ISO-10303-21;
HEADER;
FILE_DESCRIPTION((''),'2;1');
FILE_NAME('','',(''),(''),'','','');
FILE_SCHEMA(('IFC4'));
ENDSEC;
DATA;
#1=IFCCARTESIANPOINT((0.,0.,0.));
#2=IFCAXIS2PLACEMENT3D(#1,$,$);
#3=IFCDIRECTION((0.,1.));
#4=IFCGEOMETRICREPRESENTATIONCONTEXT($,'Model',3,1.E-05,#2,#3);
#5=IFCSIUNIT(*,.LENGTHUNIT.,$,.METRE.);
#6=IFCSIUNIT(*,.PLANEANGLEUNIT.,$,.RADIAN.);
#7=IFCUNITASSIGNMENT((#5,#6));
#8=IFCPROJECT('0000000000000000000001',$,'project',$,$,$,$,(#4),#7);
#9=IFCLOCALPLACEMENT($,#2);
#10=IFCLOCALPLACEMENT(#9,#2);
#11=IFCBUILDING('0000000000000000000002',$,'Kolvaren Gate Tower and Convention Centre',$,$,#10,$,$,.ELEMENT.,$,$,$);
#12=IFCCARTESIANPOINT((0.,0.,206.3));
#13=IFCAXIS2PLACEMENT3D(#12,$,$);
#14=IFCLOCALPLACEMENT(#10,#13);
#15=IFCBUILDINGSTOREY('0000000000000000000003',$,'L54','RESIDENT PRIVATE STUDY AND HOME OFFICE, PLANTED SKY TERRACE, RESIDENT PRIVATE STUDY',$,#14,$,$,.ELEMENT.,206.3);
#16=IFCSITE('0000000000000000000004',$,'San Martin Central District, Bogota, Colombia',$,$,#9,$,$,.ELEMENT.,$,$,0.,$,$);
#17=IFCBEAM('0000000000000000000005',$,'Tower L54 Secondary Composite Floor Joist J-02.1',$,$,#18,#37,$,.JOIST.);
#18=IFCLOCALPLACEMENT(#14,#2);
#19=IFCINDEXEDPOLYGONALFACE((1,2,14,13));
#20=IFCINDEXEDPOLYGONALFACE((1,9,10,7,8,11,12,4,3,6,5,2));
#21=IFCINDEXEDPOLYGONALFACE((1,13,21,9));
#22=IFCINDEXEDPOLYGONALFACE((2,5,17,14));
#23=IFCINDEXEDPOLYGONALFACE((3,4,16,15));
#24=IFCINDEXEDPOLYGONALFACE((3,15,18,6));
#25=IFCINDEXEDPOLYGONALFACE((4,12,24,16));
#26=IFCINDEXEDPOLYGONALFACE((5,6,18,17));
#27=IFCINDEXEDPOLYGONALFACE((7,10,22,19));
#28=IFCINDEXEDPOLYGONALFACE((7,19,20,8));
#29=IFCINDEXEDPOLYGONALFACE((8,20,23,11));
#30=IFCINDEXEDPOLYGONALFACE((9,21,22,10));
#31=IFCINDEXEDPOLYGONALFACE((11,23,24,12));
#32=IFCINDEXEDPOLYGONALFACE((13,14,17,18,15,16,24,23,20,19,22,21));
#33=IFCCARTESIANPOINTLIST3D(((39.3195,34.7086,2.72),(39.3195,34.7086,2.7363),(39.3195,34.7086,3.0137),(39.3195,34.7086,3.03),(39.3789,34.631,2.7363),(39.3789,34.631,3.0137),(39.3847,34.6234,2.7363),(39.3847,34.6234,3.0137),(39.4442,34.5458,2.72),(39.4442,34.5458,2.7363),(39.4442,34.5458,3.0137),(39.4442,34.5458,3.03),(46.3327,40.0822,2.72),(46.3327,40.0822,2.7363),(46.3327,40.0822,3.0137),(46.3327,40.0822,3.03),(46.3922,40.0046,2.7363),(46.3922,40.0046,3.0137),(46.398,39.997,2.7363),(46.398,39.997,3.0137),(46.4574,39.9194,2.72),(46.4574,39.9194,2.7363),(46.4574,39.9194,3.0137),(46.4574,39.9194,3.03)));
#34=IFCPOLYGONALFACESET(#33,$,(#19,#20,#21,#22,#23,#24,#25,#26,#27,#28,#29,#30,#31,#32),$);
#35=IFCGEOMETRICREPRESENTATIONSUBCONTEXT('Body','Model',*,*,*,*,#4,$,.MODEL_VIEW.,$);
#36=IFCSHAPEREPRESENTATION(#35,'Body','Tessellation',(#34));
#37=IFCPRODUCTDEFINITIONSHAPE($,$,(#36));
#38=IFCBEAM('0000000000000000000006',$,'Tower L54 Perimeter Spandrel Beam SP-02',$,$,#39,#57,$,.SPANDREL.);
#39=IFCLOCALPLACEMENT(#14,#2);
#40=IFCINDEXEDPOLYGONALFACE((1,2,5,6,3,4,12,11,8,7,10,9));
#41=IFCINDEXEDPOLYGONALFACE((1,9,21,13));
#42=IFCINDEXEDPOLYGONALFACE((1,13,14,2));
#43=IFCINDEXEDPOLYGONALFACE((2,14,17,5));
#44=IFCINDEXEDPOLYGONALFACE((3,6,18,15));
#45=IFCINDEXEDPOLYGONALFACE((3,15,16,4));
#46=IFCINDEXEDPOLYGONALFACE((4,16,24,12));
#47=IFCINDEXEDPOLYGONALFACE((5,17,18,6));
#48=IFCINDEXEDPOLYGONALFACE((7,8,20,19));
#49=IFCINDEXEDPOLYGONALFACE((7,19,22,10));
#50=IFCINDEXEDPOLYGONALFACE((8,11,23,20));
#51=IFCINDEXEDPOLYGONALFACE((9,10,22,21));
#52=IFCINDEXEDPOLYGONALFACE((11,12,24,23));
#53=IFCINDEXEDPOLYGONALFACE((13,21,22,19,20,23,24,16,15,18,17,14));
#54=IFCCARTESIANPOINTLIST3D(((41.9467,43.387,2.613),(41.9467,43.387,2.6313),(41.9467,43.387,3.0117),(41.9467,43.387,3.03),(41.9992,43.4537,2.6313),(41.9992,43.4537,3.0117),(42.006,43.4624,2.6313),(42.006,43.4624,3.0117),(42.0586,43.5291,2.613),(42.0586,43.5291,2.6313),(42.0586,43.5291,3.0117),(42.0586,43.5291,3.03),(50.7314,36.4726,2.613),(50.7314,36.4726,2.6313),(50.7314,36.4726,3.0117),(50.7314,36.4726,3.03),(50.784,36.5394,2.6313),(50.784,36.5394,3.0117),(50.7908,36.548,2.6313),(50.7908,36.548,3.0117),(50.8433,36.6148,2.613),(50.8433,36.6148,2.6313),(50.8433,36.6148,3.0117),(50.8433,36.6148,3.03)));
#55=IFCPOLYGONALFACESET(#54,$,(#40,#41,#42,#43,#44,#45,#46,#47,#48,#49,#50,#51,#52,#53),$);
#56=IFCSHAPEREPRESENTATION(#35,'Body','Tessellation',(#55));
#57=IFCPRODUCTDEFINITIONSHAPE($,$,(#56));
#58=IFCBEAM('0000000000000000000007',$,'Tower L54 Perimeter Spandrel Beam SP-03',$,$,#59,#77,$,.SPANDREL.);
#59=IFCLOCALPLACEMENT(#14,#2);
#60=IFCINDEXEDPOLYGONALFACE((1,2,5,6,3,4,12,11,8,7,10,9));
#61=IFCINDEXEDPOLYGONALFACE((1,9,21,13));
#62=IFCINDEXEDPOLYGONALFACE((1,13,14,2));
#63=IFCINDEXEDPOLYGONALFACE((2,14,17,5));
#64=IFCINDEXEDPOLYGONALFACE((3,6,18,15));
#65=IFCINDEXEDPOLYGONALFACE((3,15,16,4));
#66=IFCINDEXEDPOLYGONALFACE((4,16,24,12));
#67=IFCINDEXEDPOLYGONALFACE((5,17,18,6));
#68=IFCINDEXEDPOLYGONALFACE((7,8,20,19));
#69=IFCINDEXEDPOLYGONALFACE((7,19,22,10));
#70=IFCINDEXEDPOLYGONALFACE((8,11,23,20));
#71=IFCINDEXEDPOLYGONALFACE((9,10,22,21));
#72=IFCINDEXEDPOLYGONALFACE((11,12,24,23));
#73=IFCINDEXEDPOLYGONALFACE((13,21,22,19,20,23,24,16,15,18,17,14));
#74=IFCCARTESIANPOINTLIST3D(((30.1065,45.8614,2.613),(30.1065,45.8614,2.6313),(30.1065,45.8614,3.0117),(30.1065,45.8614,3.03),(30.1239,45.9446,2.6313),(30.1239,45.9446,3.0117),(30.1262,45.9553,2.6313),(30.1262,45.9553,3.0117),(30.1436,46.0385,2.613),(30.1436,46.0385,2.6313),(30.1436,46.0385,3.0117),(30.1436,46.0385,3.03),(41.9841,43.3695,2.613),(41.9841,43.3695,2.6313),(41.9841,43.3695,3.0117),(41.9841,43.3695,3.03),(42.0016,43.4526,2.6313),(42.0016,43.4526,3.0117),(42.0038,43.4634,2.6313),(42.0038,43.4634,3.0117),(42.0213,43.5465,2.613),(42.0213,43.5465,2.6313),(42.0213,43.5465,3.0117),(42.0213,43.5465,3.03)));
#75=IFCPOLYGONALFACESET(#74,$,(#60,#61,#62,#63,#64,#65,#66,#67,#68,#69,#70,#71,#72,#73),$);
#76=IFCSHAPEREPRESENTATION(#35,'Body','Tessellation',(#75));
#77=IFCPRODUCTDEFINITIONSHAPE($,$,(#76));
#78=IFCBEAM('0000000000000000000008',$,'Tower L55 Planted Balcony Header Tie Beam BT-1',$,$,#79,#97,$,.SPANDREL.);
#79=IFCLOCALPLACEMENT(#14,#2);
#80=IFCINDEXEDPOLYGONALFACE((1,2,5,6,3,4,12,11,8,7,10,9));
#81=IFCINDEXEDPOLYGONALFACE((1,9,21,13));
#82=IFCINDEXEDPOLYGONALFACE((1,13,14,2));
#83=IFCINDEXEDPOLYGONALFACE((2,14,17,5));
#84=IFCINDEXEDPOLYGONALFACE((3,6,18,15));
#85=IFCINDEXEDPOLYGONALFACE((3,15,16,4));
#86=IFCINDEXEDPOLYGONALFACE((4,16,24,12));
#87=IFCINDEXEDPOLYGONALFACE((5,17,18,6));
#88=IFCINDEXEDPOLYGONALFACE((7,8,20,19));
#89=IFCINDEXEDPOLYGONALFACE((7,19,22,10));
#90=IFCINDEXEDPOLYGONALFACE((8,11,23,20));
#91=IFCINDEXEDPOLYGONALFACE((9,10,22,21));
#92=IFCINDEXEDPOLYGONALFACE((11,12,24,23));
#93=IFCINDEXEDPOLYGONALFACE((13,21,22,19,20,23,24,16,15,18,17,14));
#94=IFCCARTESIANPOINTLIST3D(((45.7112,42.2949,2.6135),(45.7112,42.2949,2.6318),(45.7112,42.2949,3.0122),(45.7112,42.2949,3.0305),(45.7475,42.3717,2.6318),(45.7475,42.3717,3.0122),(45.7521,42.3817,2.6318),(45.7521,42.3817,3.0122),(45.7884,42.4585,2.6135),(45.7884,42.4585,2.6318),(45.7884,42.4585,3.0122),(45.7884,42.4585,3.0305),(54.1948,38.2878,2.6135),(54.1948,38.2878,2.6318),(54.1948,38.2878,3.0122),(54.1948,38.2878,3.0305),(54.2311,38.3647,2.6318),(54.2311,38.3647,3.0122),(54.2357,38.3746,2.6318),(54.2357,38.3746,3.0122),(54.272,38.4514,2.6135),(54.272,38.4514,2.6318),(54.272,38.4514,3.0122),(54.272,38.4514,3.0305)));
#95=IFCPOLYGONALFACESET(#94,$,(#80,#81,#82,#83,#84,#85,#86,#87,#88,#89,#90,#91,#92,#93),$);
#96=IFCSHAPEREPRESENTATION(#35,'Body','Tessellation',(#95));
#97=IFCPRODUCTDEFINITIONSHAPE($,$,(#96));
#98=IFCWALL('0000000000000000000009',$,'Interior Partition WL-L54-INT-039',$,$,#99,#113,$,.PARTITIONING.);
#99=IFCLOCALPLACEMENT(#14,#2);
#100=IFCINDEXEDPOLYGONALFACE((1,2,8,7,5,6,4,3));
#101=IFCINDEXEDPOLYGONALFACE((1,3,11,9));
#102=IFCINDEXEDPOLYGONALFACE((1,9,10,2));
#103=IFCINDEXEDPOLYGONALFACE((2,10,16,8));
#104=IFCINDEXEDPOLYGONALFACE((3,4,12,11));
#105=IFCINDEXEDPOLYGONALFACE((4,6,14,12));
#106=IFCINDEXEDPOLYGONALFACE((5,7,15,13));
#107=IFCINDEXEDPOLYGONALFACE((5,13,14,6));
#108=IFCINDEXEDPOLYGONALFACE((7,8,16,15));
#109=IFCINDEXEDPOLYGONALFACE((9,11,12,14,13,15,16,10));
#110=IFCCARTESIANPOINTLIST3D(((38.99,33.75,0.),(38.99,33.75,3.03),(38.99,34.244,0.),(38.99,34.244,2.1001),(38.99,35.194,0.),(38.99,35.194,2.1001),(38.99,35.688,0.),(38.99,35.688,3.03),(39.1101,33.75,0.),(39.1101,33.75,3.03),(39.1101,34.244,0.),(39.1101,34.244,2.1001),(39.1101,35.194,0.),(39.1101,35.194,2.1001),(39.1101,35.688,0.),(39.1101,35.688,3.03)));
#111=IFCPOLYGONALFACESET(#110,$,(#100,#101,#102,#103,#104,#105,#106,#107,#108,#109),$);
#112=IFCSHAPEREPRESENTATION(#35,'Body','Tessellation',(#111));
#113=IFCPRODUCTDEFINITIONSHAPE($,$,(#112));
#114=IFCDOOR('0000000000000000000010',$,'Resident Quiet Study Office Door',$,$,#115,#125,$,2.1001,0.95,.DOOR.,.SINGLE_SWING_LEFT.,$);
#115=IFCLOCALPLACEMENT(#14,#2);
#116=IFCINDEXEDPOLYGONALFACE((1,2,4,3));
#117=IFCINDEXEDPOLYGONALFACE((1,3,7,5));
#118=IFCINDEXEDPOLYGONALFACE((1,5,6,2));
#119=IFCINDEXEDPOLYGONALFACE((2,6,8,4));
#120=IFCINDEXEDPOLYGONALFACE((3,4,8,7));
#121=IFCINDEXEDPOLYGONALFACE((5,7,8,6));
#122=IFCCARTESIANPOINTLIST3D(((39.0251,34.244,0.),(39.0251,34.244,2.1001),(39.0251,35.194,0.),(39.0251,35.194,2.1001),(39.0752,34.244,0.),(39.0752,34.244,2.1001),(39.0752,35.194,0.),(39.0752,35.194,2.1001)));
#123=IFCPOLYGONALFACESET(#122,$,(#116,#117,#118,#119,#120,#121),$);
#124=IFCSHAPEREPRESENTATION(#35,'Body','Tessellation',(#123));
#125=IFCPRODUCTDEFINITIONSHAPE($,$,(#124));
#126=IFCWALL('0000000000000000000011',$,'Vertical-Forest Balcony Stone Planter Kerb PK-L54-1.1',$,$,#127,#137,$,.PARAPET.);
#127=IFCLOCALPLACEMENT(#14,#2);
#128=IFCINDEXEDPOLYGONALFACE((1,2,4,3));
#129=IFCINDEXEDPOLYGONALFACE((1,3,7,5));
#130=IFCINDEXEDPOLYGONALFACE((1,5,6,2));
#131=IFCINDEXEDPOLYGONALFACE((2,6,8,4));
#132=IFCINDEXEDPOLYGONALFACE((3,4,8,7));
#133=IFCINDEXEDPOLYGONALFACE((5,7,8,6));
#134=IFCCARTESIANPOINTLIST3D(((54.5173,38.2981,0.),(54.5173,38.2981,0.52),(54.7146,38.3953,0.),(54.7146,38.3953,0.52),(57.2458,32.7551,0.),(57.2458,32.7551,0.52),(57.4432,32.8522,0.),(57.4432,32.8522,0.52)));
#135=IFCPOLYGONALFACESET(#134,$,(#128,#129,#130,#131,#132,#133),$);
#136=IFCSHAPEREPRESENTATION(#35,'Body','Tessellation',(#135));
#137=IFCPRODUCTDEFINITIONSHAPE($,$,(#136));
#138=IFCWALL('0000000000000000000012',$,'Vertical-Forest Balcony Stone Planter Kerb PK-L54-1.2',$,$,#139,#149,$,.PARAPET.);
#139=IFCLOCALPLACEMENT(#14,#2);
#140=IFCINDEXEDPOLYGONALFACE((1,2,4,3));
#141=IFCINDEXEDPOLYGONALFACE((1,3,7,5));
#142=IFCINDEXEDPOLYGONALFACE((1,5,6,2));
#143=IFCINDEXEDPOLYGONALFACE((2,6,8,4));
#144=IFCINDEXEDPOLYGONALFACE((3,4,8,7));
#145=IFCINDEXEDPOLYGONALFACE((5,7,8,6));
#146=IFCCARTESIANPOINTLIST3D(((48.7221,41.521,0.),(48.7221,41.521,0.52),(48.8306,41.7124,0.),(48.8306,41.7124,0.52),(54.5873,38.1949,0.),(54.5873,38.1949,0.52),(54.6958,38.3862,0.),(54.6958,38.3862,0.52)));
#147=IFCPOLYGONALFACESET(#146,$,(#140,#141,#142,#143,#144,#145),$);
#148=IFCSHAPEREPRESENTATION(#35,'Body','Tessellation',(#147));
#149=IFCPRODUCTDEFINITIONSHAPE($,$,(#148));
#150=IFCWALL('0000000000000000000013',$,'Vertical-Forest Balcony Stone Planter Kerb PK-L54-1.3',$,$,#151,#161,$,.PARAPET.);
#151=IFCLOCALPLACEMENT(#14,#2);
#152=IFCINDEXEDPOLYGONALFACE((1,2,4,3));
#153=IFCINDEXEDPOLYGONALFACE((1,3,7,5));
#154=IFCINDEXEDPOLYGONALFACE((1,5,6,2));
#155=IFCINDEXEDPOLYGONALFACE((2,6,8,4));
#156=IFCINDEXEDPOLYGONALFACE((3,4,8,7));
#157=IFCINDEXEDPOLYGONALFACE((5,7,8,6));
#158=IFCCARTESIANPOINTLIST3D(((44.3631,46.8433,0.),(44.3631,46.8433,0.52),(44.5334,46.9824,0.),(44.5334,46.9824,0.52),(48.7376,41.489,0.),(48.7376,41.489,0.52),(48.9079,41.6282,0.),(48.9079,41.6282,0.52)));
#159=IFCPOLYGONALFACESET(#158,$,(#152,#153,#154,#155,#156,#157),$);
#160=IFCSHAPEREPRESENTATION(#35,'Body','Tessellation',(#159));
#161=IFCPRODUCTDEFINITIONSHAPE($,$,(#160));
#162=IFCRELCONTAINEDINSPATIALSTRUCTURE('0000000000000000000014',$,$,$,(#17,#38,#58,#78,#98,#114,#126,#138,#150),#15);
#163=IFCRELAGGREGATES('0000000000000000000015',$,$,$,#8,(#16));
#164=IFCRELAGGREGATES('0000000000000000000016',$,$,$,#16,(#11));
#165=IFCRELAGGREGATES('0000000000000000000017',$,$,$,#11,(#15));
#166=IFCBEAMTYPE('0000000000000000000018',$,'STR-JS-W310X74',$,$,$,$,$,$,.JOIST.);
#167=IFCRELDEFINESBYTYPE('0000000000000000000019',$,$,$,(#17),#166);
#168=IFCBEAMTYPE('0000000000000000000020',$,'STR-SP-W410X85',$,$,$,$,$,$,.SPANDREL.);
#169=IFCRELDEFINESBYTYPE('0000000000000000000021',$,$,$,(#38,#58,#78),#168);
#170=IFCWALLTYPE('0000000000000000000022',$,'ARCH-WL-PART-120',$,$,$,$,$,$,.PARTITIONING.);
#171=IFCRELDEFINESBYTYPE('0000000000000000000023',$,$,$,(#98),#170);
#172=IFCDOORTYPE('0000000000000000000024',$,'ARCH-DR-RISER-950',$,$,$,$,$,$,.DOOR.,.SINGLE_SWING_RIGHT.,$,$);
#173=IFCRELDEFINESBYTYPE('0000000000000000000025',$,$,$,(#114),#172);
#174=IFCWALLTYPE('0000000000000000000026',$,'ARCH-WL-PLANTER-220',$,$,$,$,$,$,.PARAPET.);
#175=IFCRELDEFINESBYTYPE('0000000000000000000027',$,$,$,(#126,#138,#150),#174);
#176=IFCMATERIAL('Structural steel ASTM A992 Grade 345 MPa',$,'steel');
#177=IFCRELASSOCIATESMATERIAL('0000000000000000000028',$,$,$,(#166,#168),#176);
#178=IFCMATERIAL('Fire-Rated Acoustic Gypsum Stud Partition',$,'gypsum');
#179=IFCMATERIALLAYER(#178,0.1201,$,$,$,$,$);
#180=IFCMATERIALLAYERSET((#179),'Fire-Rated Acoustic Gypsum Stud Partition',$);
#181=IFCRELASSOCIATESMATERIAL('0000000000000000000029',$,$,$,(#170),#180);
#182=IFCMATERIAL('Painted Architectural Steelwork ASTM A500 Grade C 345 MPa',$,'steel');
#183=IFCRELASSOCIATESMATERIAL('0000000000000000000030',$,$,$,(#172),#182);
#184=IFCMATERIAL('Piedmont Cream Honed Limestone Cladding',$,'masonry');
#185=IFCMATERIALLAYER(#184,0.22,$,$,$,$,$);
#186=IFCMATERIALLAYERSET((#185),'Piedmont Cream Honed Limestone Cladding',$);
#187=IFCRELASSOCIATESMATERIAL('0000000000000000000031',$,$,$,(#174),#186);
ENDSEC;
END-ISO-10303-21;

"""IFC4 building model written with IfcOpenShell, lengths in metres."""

from ifc_helpers import new_model, si_unit, direction, frame, frame_2d, origin, origin_2d, place, context, subcontext, project, spatial, rectangle, i_section, extrude, material, layer, layer_set, material_profile, profile_set, type_object, element, fill, save


model = new_model("IFC4")

# Units and contexts
model_context = context("Model", 3, precision=1e-05, world=origin(), true_north=direction((0.0, 1.0)))
body_context = subcontext(model_context, "Body", "Model", "MODEL_VIEW")
ifc_project = project(units=[si_unit("LENGTHUNIT", "METRE"), si_unit("PLANEANGLEUNIT", "RADIAN")], contexts=[model_context])

# Site, building, storey
site_placement = place(None, origin())
site = spatial("IfcSite", under=ifc_project, at=site_placement, Name="San Martin Central District, Bogota, Colombia", CompositionType="ELEMENT", RefElevation=0.0)
building_placement = place(site_placement, origin())
building = spatial("IfcBuilding", under=site, at=building_placement, Name="Kolvaren Gate Tower and Convention Centre", CompositionType="ELEMENT")
storey_placement = place(building_placement, frame((0.0, 0.0, 206.3)))
storey = spatial("IfcBuildingStorey", under=building, at=storey_placement, Name="L54", Description="RESIDENT PRIVATE STUDY AND HOME OFFICE, PLANTED SKY TERRACE, RESIDENT PRIVATE STUDY", CompositionType="ELEMENT", Elevation=206.3)

# Beams
ifc_material_1 = material(Name="Structural steel ASTM A992 Grade 345 MPa", Category="steel")
ifc_material_profile_1 = material_profile(ifc_material_1, i_section(OverallWidth=0.2051, OverallDepth=0.3101, WebThickness=0.0095, FlangeThickness=0.0164, at=origin_2d()), Name="W310X74")
ifc_profile_set_1 = profile_set([ifc_material_profile_1], Name="Structural steel ASTM A992 Grade 345 MPa")
beam_type_1 = type_object("IfcBeamType", Name="STR-JS-W310X74", PredefinedType="JOIST", material=ifc_profile_set_1)
beam_1_placement = place(storey_placement, frame((39.3818, 34.6272, 2.875), z_axis=(0.793783, 0.608201, 0.0), x_axis=(-0.608201, 0.793783, 0.0)))
element("IfcBeam", 1, at=beam_1_placement, inside=storey, type_object=beam_type_1, Name="Tower L54 Secondary Composite Floor Joist J-02.1", PredefinedType="JOIST", context=body_context, shape_type="SweptSolid", body=[
    extrude(i_section(OverallWidth=0.2051, OverallDepth=0.3101, WebThickness=0.0095, FlangeThickness=0.0164, at=origin_2d()), origin(), (0.0, 0.0, 1.0), 8.8352),
])
ifc_material_profile_2 = material_profile(ifc_material_1, i_section(OverallWidth=0.1809, OverallDepth=0.417, WebThickness=0.011, FlangeThickness=0.0183, at=origin_2d()), Name="W410X85")
ifc_profile_set_2 = profile_set([ifc_material_profile_2], Name="Structural steel ASTM A992 Grade 345 MPa")
beam_type_2 = type_object("IfcBeamType", Name="STR-SP-W410X85", PredefinedType="SPANDREL", material=ifc_profile_set_2)
beam_2_placement = place(storey_placement, frame((50.7874, 36.5437, 2.8215), z_axis=(-0.785794, 0.618489, 0.0), x_axis=(-0.618489, -0.785794, 0.0)))
element("IfcBeam", 2, at=beam_2_placement, inside=storey, type_object=beam_type_2, Name="Tower L54 Perimeter Spandrel Beam SP-02", PredefinedType="SPANDREL", context=body_context, shape_type="SweptSolid", body=[
    extrude(i_section(OverallWidth=0.1809, OverallDepth=0.417, WebThickness=0.011, FlangeThickness=0.0183, at=origin_2d()), origin(), (0.0, 0.0, 1.0), 11.1794),
])
beam_3_placement = place(storey_placement, frame((42.0027, 43.458, 2.8215), z_axis=(-0.978693, 0.20533, 0.0), x_axis=(-0.20533, -0.978693, 0.0)))
element("IfcBeam", 3, at=beam_3_placement, inside=storey, type_object=beam_type_2, Name="Tower L54 Perimeter Spandrel Beam SP-03", PredefinedType="SPANDREL", context=body_context, shape_type="SweptSolid", body=[
    extrude(i_section(OverallWidth=0.1809, OverallDepth=0.417, WebThickness=0.011, FlangeThickness=0.0183, at=origin_2d()), origin(), (0.0, 0.0, 1.0), 12.1362),
])
beam_4_placement = place(storey_placement, frame((54.2334, 38.3696, 2.822), z_axis=(-0.904211, 0.427086, 0.0), x_axis=(-0.427086, -0.904211, 0.0)))
element("IfcBeam", 4, at=beam_4_placement, inside=storey, type_object=beam_type_2, Name="Tower L55 Planted Balcony Header Tie Beam BT-1", PredefinedType="SPANDREL", context=body_context, shape_type="SweptSolid", body=[
    extrude(i_section(OverallWidth=0.1809, OverallDepth=0.417, WebThickness=0.011, FlangeThickness=0.0183, at=origin_2d()), origin(), (0.0, 0.0, 1.0), 9.3823),
])

# Wall, opening, door
ifc_material_2 = material(Name="Fire-Rated Acoustic Gypsum Stud Partition", Category="gypsum")
ifc_layer_1 = layer(ifc_material_2, 0.1201)
ifc_layer_set_1 = layer_set([ifc_layer_1], Name="Fire-Rated Acoustic Gypsum Stud Partition")
wall_type_1 = type_object("IfcWallType", Name="ARCH-WL-PART-120", PredefinedType="PARTITIONING", material=ifc_layer_set_1)
wall_1_placement = place(storey_placement, frame((39.05, 33.75, 0.0), z_axis=(0.0, 0.0, 1.0), x_axis=(0.0, 1.0, 0.0)))
wall_1 = element("IfcWall", 5, at=wall_1_placement, inside=storey, type_object=wall_type_1, Name="Interior Partition WL-L54-INT-039", PredefinedType="PARTITIONING", context=body_context, shape_type="SweptSolid", body=[
    extrude(rectangle(XDim=1.938, YDim=0.1201, at=frame_2d((0.969, 0.0))), origin(), (0.0, 0.0, 1.0), 3.03),
])
opening_1_placement = place(wall_1_placement, frame((0.4939, 0.0, 0.0)))
opening_1 = element("IfcOpeningElement", 6, at=opening_1_placement, cuts=wall_1, PredefinedType="OPENING", context=body_context, shape_type="SweptSolid", body=[
    extrude(rectangle(XDim=0.95, YDim=2.1001, at=frame_2d((0.4751, 1.05))), frame((0.0, 0.0701, 0.0), z_axis=(0.0, -1.0, 0.0), x_axis=(1.0, 0.0, 0.0)), (0.0, 0.0, 1.0), 0.1401),
])
ifc_material_3 = material(Name="Painted Architectural Steelwork ASTM A500 Grade C 345 MPa", Category="steel")
door_type_1 = type_object("IfcDoorType", Name="ARCH-DR-RISER-950", OperationType="SINGLE_SWING_RIGHT", PredefinedType="DOOR", material=ifc_material_3)
door_1_placement = place(opening_1_placement, origin())
door_1 = element("IfcDoor", 7, at=door_1_placement, inside=storey, type_object=door_type_1, Name="Resident Quiet Study Office Door", OperationType="SINGLE_SWING_LEFT", OverallHeight=2.1001, OverallWidth=0.95, PredefinedType="DOOR", context=body_context, shape_type="SweptSolid", body=[
    extrude(rectangle(XDim=0.95, YDim=2.1001, at=frame_2d((0.4751, 1.05))), frame((0.0, 0.0249, 0.0), z_axis=(0.0, -1.0, 0.0), x_axis=(1.0, 0.0, 0.0)), (0.0, 0.0, 1.0), 0.05),
])
fill(opening_1, door_1)

# Walls
ifc_material_4 = material(Name="Piedmont Cream Honed Limestone Cladding", Category="masonry")
ifc_layer_2 = layer(ifc_material_4, 0.22)
ifc_layer_set_2 = layer_set([ifc_layer_2], Name="Piedmont Cream Honed Limestone Cladding")
wall_type_2 = type_object("IfcWallType", Name="ARCH-WL-PLANTER-220", PredefinedType="PARAPET", material=ifc_layer_set_2)
wall_2_placement = place(storey_placement, frame((54.616, 38.3467, 0.0), z_axis=(0.0, 0.0, 1.0), x_axis=(0.441641, -0.897192, 0.0)))
element("IfcWall", 8, at=wall_2_placement, inside=storey, type_object=wall_type_2, Name="Vertical-Forest Balcony Stone Planter Kerb PK-L54-1.1", PredefinedType="PARAPET", context=body_context, shape_type="SweptSolid", body=[
    extrude(rectangle(XDim=6.1782, YDim=0.22, at=frame_2d((3.0891, 0.0))), origin(), (0.0, 0.0, 1.0), 0.52),
])
wall_3_placement = place(storey_placement, frame((48.7764, 41.6167, 0.0), z_axis=(0.0, 0.0, 1.0), x_axis=(0.869861, -0.493298, 0.0)))
element("IfcWall", 9, at=wall_3_placement, inside=storey, type_object=wall_type_2, Name="Vertical-Forest Balcony Stone Planter Kerb PK-L54-1.2", PredefinedType="PARAPET", context=body_context, shape_type="SweptSolid", body=[
    extrude(rectangle(XDim=6.7427, YDim=0.22, at=frame_2d((3.3713, 0.0))), origin(), (0.0, 0.0, 1.0), 0.52),
])
wall_4_placement = place(storey_placement, frame((44.4482, 46.9128, 0.0), z_axis=(0.0, 0.0, 1.0), x_axis=(0.632697, -0.774399, 0.0)))
element("IfcWall", 10, at=wall_4_placement, inside=storey, type_object=wall_type_2, Name="Vertical-Forest Balcony Stone Planter Kerb PK-L54-1.3", PredefinedType="PARAPET", context=body_context, shape_type="SweptSolid", body=[
    extrude(rectangle(XDim=6.9141, YDim=0.22, at=frame_2d((3.457, 0.0))), origin(), (0.0, 0.0, 1.0), 0.52),
])

save(model, "model.ifc")
